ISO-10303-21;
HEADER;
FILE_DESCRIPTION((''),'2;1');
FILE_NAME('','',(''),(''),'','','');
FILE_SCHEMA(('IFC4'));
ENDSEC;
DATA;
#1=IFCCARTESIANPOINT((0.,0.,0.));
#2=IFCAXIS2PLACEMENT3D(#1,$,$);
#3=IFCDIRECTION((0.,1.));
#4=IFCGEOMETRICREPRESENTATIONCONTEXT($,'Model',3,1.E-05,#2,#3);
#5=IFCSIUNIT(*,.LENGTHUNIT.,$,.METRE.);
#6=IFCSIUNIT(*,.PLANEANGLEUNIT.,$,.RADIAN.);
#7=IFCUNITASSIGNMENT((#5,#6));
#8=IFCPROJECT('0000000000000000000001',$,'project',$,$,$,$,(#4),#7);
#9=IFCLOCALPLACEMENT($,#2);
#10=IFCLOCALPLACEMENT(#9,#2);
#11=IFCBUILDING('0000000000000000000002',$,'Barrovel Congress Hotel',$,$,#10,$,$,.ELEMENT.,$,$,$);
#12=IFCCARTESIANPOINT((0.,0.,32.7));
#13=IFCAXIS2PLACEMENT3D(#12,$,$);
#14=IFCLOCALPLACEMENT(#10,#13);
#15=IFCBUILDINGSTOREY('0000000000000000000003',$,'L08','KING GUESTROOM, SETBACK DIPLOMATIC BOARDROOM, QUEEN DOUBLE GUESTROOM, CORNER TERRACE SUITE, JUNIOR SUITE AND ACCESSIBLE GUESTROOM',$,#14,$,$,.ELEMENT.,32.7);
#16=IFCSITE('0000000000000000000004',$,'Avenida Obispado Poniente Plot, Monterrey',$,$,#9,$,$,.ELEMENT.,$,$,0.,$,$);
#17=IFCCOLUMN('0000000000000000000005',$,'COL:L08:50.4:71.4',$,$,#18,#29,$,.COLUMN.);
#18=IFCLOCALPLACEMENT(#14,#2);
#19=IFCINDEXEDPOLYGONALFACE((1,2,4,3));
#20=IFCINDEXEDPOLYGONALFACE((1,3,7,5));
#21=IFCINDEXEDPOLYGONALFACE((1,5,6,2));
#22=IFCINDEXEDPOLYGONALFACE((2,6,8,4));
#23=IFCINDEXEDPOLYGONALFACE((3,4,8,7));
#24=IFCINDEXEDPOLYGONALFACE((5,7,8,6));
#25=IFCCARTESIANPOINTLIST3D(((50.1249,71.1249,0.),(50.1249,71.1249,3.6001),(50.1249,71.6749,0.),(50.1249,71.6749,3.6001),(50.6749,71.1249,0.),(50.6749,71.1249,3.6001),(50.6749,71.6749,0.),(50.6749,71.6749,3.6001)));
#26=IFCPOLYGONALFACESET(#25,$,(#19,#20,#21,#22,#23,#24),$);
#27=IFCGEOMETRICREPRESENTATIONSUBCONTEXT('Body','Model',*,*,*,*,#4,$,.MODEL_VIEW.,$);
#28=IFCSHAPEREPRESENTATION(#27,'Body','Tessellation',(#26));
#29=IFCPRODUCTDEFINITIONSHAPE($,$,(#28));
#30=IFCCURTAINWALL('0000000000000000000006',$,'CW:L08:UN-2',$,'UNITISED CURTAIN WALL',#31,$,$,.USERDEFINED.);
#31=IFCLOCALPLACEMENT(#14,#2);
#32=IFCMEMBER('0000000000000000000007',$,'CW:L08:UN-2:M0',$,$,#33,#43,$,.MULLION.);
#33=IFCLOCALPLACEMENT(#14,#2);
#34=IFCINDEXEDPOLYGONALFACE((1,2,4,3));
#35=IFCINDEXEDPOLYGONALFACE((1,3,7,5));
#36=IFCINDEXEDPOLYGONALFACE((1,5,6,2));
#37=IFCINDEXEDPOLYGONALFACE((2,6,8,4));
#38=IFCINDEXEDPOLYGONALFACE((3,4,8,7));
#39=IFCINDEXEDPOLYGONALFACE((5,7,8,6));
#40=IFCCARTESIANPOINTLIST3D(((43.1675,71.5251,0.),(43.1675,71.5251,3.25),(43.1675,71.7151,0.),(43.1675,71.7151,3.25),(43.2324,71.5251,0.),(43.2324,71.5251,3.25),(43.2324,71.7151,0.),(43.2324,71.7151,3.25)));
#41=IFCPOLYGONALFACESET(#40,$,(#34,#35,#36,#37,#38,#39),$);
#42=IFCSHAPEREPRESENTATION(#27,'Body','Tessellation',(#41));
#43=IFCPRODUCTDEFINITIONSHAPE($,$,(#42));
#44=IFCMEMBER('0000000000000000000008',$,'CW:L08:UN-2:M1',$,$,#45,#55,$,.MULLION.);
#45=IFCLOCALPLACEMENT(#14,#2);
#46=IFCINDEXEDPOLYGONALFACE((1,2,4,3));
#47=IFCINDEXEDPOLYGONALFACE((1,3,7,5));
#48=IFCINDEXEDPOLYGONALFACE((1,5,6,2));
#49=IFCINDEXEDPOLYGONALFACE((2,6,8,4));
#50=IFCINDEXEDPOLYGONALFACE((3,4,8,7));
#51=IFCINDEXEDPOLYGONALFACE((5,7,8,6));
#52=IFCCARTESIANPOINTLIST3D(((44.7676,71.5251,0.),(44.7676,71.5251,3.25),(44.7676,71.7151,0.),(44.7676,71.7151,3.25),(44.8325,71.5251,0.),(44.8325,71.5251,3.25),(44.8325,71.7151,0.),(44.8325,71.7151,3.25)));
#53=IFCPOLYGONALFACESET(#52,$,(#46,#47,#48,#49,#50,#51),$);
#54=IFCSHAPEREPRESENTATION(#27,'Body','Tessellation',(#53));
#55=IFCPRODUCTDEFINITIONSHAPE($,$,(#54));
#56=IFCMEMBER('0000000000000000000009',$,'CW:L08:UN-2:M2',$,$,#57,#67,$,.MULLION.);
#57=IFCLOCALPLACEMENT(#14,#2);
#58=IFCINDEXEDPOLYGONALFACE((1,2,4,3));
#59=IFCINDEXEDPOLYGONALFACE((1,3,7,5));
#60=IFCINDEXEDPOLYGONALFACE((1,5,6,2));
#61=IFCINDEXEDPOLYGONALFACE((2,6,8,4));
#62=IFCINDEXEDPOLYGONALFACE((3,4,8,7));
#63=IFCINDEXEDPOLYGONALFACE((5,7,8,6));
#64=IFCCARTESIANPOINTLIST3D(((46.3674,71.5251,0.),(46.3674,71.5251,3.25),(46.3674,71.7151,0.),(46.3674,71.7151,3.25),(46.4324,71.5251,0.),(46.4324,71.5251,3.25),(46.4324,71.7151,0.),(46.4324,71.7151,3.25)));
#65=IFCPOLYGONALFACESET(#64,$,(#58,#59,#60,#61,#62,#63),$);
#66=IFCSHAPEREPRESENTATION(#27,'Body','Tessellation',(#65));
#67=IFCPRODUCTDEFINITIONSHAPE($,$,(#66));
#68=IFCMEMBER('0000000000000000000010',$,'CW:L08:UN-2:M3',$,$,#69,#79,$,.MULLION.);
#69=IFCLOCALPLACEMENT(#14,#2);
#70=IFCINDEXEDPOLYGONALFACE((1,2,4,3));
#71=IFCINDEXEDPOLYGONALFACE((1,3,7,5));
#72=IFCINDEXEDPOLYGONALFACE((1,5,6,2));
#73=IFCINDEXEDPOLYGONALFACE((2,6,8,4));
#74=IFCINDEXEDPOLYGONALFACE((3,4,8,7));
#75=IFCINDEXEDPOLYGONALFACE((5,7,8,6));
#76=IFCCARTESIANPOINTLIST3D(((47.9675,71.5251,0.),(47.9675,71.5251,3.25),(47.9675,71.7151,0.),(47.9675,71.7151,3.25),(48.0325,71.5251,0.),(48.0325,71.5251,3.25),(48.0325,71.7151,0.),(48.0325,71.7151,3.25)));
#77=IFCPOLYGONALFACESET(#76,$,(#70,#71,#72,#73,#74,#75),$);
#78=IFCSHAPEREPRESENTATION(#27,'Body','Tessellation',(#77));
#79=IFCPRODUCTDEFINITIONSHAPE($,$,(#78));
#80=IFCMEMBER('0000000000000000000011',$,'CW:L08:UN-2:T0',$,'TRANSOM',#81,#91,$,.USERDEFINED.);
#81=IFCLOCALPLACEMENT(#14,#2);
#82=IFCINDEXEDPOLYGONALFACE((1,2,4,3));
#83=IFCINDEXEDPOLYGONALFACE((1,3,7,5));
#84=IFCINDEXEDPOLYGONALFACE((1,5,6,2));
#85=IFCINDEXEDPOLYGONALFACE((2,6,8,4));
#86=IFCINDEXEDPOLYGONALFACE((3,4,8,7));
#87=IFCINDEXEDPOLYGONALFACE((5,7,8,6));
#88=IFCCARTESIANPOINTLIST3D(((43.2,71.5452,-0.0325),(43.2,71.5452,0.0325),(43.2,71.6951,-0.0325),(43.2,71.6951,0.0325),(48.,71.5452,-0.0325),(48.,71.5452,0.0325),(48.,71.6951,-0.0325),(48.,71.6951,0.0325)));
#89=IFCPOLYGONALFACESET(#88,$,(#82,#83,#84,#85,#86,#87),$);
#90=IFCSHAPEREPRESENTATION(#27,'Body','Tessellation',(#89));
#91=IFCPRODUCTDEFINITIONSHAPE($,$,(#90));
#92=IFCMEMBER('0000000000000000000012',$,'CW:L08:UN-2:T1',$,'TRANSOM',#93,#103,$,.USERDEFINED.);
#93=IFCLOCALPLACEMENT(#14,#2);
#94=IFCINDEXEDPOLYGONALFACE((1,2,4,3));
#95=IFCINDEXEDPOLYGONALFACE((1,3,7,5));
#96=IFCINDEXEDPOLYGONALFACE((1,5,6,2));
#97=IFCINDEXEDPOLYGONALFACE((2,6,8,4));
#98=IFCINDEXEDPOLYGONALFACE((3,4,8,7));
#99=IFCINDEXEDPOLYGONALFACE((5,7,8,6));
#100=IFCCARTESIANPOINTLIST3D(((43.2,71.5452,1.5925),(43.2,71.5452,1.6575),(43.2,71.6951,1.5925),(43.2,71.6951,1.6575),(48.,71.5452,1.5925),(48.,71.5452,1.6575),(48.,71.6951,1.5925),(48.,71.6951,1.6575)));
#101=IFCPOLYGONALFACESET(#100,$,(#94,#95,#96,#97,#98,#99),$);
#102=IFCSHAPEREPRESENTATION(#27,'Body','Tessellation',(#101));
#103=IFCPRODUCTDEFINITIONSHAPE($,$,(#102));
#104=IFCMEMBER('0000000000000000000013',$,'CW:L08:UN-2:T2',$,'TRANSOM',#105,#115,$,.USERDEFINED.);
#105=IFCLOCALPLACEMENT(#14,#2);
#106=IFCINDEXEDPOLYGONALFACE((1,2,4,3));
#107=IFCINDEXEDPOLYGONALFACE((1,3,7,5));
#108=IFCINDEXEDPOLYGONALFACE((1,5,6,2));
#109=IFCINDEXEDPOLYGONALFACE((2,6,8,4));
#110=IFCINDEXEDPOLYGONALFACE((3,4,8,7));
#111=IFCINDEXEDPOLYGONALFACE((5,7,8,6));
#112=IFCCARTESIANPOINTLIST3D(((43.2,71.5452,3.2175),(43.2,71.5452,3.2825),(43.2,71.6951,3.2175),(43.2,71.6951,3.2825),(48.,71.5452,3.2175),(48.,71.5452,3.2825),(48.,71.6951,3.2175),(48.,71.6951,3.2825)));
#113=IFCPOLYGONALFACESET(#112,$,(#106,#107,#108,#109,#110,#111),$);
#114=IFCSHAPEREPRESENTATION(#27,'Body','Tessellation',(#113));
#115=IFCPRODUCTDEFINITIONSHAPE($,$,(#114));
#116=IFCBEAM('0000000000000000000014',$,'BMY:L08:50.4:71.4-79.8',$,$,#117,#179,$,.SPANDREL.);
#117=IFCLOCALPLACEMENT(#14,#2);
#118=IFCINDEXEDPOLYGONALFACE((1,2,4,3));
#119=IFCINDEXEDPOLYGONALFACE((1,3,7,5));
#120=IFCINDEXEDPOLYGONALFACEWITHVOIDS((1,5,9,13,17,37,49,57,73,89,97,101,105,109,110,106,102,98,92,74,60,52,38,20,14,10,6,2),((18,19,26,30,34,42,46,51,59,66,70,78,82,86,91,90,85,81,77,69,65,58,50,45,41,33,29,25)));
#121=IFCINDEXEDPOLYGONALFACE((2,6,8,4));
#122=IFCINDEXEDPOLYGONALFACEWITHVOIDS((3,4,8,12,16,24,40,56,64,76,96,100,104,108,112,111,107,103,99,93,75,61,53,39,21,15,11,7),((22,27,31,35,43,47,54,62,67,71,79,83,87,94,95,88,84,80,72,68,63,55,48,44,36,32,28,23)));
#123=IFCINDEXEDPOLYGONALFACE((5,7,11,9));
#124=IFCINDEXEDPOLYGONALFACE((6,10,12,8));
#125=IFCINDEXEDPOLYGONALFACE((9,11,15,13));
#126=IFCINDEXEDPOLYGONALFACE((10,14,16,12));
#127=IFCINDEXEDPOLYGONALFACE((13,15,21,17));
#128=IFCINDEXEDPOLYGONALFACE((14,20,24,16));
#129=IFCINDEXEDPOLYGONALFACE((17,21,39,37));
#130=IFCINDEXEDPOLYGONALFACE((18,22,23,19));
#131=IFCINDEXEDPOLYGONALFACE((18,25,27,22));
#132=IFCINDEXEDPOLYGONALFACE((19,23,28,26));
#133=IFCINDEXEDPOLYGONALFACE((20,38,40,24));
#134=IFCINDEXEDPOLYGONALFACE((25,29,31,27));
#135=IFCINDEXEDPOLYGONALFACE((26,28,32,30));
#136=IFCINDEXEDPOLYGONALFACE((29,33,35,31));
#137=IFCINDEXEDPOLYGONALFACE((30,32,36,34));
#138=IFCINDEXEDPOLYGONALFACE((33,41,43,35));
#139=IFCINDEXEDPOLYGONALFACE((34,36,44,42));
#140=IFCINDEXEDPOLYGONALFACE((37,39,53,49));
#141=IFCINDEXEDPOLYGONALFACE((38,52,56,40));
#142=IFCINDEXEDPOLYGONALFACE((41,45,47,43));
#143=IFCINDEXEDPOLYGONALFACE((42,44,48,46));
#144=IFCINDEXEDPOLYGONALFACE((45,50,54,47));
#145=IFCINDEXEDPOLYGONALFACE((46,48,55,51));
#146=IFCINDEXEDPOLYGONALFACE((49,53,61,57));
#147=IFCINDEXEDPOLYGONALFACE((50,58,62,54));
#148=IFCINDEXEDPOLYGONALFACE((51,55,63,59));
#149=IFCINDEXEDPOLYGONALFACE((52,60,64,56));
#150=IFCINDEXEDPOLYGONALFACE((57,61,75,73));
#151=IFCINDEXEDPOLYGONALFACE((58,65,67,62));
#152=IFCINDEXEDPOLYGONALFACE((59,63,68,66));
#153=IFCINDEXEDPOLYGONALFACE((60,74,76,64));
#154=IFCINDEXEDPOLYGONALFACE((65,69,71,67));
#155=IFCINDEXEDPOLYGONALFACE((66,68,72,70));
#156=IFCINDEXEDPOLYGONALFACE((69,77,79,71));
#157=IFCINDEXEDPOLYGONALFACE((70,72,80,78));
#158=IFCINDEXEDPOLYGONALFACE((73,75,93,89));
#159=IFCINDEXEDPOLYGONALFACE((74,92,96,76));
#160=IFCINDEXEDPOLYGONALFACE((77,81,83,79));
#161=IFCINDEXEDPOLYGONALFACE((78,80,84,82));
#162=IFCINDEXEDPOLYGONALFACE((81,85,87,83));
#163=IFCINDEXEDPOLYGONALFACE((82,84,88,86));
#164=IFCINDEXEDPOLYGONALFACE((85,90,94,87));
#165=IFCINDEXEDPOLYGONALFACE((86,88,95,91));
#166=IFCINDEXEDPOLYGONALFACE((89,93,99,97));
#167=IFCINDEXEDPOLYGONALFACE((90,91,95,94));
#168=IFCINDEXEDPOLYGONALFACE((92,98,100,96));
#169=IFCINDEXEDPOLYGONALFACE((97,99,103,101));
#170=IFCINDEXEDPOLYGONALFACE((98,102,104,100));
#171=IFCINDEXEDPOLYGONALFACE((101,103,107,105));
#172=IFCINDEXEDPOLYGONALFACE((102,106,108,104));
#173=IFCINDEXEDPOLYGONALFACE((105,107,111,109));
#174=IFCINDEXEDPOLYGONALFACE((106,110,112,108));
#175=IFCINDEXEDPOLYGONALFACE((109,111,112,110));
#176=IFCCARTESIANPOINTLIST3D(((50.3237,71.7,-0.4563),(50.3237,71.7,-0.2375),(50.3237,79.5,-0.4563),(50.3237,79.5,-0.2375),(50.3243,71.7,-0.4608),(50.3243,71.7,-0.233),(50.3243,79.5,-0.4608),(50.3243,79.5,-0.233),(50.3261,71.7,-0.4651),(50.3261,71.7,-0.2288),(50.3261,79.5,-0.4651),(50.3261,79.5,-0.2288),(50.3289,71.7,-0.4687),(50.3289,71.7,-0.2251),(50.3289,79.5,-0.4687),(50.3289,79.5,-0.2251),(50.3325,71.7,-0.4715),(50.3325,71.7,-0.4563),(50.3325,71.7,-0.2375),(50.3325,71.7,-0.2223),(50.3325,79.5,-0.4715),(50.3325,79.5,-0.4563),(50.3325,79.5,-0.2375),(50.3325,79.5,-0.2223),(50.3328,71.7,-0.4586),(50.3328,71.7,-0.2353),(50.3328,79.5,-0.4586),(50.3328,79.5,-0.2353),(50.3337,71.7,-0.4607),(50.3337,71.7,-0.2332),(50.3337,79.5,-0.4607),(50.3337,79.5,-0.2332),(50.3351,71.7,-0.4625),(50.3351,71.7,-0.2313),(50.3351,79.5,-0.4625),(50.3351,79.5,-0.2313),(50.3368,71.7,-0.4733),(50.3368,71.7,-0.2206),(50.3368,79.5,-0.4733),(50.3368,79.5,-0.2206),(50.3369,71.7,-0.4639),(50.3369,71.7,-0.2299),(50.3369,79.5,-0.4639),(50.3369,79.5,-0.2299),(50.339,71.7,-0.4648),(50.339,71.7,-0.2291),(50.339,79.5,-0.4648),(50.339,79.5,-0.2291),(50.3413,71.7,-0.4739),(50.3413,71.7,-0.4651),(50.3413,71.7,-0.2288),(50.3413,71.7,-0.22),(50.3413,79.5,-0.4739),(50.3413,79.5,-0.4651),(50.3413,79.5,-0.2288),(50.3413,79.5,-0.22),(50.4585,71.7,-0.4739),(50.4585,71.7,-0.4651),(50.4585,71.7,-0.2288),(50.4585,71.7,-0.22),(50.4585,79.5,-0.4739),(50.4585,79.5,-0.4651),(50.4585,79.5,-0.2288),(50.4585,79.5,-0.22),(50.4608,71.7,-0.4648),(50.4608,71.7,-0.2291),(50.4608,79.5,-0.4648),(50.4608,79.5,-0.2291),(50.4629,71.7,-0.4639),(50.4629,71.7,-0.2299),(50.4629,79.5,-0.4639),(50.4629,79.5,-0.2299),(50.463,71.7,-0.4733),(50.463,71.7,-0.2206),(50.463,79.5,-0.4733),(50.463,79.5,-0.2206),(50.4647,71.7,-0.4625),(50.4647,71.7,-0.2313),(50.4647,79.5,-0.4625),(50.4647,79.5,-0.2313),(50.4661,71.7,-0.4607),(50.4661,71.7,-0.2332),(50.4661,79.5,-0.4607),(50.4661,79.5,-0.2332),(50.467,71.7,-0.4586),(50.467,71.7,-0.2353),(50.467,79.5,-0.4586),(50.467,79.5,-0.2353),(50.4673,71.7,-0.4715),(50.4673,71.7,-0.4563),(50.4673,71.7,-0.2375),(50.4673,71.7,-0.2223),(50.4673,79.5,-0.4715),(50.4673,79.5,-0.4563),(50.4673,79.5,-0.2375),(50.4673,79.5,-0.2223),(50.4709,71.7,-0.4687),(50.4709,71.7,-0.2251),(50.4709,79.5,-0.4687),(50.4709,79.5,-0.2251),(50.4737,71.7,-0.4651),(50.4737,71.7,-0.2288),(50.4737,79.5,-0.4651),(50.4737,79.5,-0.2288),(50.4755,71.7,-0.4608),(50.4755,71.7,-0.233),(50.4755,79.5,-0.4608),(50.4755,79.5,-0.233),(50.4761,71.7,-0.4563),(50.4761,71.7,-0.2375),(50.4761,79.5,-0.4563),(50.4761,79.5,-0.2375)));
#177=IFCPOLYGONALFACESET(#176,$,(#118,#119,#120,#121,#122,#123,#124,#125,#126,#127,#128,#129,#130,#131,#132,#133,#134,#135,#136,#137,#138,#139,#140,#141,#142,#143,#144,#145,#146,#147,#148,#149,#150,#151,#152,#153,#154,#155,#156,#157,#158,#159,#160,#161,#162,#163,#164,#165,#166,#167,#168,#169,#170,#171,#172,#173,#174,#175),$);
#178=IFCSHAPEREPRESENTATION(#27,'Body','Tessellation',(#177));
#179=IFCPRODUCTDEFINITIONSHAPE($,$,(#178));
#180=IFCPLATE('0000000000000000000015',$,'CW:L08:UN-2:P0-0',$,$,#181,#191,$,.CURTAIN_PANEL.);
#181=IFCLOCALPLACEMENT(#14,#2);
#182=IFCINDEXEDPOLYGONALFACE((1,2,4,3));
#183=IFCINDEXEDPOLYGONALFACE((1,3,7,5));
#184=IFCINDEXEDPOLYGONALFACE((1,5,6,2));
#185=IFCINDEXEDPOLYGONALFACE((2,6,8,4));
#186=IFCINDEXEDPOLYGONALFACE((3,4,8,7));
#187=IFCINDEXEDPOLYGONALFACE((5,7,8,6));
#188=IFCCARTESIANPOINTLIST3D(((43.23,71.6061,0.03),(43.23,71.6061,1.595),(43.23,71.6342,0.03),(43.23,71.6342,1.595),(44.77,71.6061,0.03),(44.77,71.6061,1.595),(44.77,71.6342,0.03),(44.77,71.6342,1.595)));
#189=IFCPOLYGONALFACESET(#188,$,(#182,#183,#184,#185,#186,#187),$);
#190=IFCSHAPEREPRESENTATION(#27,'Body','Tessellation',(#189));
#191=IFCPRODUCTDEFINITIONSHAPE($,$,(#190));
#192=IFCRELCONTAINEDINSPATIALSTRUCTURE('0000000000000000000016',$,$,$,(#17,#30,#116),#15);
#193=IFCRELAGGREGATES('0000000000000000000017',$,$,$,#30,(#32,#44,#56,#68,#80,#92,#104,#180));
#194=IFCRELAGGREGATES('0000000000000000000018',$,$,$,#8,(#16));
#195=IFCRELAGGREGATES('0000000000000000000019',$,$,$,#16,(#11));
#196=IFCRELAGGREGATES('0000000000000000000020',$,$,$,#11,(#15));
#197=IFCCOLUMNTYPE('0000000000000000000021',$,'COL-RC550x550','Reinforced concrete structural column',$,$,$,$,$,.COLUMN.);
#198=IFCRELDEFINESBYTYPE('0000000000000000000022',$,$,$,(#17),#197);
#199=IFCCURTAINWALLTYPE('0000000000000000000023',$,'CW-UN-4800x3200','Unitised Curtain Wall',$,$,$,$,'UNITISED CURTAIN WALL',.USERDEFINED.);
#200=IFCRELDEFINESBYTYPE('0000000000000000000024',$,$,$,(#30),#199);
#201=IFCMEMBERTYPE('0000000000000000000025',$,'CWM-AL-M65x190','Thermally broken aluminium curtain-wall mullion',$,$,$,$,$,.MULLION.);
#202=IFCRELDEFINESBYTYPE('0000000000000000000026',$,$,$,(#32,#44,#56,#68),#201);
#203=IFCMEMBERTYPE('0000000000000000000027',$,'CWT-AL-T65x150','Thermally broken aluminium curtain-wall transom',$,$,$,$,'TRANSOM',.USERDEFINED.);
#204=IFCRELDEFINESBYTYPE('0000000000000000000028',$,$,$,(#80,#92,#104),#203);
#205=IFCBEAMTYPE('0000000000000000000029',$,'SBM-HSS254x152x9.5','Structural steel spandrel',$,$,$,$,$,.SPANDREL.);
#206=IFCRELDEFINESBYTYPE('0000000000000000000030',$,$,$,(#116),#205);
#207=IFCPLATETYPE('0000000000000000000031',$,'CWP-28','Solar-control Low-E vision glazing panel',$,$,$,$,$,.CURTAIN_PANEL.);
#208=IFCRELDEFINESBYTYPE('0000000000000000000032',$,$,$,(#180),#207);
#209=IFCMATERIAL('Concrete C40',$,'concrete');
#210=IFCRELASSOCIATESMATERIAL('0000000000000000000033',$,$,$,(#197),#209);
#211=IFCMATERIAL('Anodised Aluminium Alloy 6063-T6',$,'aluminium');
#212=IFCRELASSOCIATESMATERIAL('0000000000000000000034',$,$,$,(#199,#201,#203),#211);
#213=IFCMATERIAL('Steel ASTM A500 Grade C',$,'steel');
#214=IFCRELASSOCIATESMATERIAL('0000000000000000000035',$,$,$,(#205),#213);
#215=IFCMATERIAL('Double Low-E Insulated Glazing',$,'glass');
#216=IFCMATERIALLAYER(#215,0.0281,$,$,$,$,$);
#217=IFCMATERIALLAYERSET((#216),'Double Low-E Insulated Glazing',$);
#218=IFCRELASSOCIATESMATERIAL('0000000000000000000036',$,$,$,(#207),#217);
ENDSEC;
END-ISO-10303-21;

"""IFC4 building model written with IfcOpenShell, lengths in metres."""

from ifc_helpers import new_model, si_unit, direction, frame, origin, origin_2d, place, context, subcontext, project, spatial, rectangle, hollow_rectangle, extrude, material, layer, layer_set, material_profile, profile_set, type_object, element, aggregate, save


model = new_model("IFC4")

# Units and contexts
model_context = context("Model", 3, precision=1e-05, world=origin(), true_north=direction((0.0, 1.0)))
body_context = subcontext(model_context, "Body", "Model", "MODEL_VIEW")
ifc_project = project(units=[si_unit("LENGTHUNIT", "METRE"), si_unit("PLANEANGLEUNIT", "RADIAN")], contexts=[model_context])

# Site, building, storey
site_placement = place(None, origin())
site = spatial("IfcSite", under=ifc_project, at=site_placement, Name="Avenida Obispado Poniente Plot, Monterrey", CompositionType="ELEMENT", RefElevation=0.0)
building_placement = place(site_placement, origin())
building = spatial("IfcBuilding", under=site, at=building_placement, Name="Barrovel Congress Hotel", CompositionType="ELEMENT")
storey_placement = place(building_placement, frame((0.0, 0.0, 32.7)))
storey = spatial("IfcBuildingStorey", under=building, at=storey_placement, Name="L08", Description="KING GUESTROOM, SETBACK DIPLOMATIC BOARDROOM, QUEEN DOUBLE GUESTROOM, CORNER TERRACE SUITE, JUNIOR SUITE AND ACCESSIBLE GUESTROOM", CompositionType="ELEMENT", Elevation=32.7)

# Column
ifc_material_1 = material(Name="Concrete C40", Category="concrete")
ifc_material_profile_1 = material_profile(ifc_material_1, rectangle(XDim=0.55, YDim=0.55, at=origin_2d()), Name="RC550x550")
ifc_profile_set_1 = profile_set([ifc_material_profile_1], Name="Concrete C40")
column_type = type_object("IfcColumnType", Name="COL-RC550x550", Description="Reinforced concrete structural column", PredefinedType="COLUMN", material=ifc_profile_set_1)
column_placement = place(storey_placement, frame((50.3999, 71.3999, 0.0), z_axis=(0.0, 0.0, 1.0), x_axis=(1.0, 0.0, 0.0)))
element("IfcColumn", 1, at=column_placement, inside=storey, type_object=column_type, Name="COL:L08:50.4:71.4", PredefinedType="COLUMN", context=body_context, shape_type="SweptSolid", body=[
    extrude(rectangle(XDim=0.55, YDim=0.55, at=origin_2d()), origin(), (0.0, 0.0, 1.0), 3.6001),
])

# Curtain wall, members
ifc_material_2 = material(Name="Anodised Aluminium Alloy 6063-T6", Category="aluminium")
curtain_wall_type = type_object("IfcCurtainWallType", Name="CW-UN-4800x3200", Description="Unitised Curtain Wall", ElementType="UNITISED CURTAIN WALL", PredefinedType="USERDEFINED", material=ifc_material_2)
curtain_wall_placement = place(storey_placement, origin())
curtain_wall = element("IfcCurtainWall", 2, at=curtain_wall_placement, inside=storey, type_object=curtain_wall_type, Name="CW:L08:UN-2", ObjectType="UNITISED CURTAIN WALL", PredefinedType="USERDEFINED")
ifc_material_profile_2 = material_profile(ifc_material_2, rectangle(XDim=0.0649, YDim=0.1899, at=origin_2d()), Name="AL-M65x190")
ifc_profile_set_2 = profile_set([ifc_material_profile_2], Name="Anodised Aluminium Alloy 6063-T6")
member_type_1 = type_object("IfcMemberType", Name="CWM-AL-M65x190", Description="Thermally broken aluminium curtain-wall mullion", PredefinedType="MULLION", material=ifc_profile_set_2)
member_1_placement = place(storey_placement, frame((43.2, 71.6201, 0.0), z_axis=(0.0, 0.0, 1.0), x_axis=(1.0, 0.0, 0.0)))
member_1 = element("IfcMember", 3, at=member_1_placement, type_object=member_type_1, Name="CW:L08:UN-2:M0", PredefinedType="MULLION", context=body_context, shape_type="SweptSolid", body=[
    extrude(rectangle(XDim=0.0649, YDim=0.1899, at=origin_2d()), origin(), (0.0, 0.0, 1.0), 3.25),
])
member_2_placement = place(storey_placement, frame((44.8, 71.6201, 0.0), z_axis=(0.0, 0.0, 1.0), x_axis=(1.0, 0.0, 0.0)))
member_2 = element("IfcMember", 4, at=member_2_placement, type_object=member_type_1, Name="CW:L08:UN-2:M1", PredefinedType="MULLION", context=body_context, shape_type="SweptSolid", body=[
    extrude(rectangle(XDim=0.0649, YDim=0.1899, at=origin_2d()), origin(), (0.0, 0.0, 1.0), 3.25),
])
member_3_placement = place(storey_placement, frame((46.3999, 71.6201, 0.0), z_axis=(0.0, 0.0, 1.0), x_axis=(1.0, 0.0, 0.0)))
member_3 = element("IfcMember", 5, at=member_3_placement, type_object=member_type_1, Name="CW:L08:UN-2:M2", PredefinedType="MULLION", context=body_context, shape_type="SweptSolid", body=[
    extrude(rectangle(XDim=0.0649, YDim=0.1899, at=origin_2d()), origin(), (0.0, 0.0, 1.0), 3.25),
])
member_4_placement = place(storey_placement, frame((48.0, 71.6201, 0.0), z_axis=(0.0, 0.0, 1.0), x_axis=(1.0, 0.0, 0.0)))
member_4 = element("IfcMember", 6, at=member_4_placement, type_object=member_type_1, Name="CW:L08:UN-2:M3", PredefinedType="MULLION", context=body_context, shape_type="SweptSolid", body=[
    extrude(rectangle(XDim=0.0649, YDim=0.1899, at=origin_2d()), origin(), (0.0, 0.0, 1.0), 3.25),
])
ifc_material_profile_3 = material_profile(ifc_material_2, rectangle(XDim=0.1499, YDim=0.0649, at=origin_2d()), Name="AL-T65x150")
ifc_profile_set_3 = profile_set([ifc_material_profile_3], Name="Anodised Aluminium Alloy 6063-T6")
member_type_2 = type_object("IfcMemberType", Name="CWT-AL-T65x150", Description="Thermally broken aluminium curtain-wall transom", ElementType="TRANSOM", PredefinedType="USERDEFINED", material=ifc_profile_set_3)
member_5_placement = place(storey_placement, frame((43.2, 71.6201, 0.0), z_axis=(1.0, 0.0, 0.0), x_axis=(0.0, 1.0, 0.0)))
member_5 = element("IfcMember", 7, at=member_5_placement, type_object=member_type_2, Name="CW:L08:UN-2:T0", ObjectType="TRANSOM", PredefinedType="USERDEFINED", context=body_context, shape_type="SweptSolid", body=[
    extrude(rectangle(XDim=0.1499, YDim=0.0649, at=origin_2d()), origin(), (0.0, 0.0, 1.0), 4.8),
])
member_6_placement = place(storey_placement, frame((43.2, 71.6201, 1.625), z_axis=(1.0, 0.0, 0.0), x_axis=(0.0, 1.0, 0.0)))
member_6 = element("IfcMember", 8, at=member_6_placement, type_object=member_type_2, Name="CW:L08:UN-2:T1", ObjectType="TRANSOM", PredefinedType="USERDEFINED", context=body_context, shape_type="SweptSolid", body=[
    extrude(rectangle(XDim=0.1499, YDim=0.0649, at=origin_2d()), origin(), (0.0, 0.0, 1.0), 4.8),
])
member_7_placement = place(storey_placement, frame((43.2, 71.6201, 3.25), z_axis=(1.0, 0.0, 0.0), x_axis=(0.0, 1.0, 0.0)))
member_7 = element("IfcMember", 9, at=member_7_placement, type_object=member_type_2, Name="CW:L08:UN-2:T2", ObjectType="TRANSOM", PredefinedType="USERDEFINED", context=body_context, shape_type="SweptSolid", body=[
    extrude(rectangle(XDim=0.1499, YDim=0.0649, at=origin_2d()), origin(), (0.0, 0.0, 1.0), 4.8),
])

# Beam
ifc_material_3 = material(Name="Steel ASTM A500 Grade C", Category="steel")
ifc_material_profile_4 = material_profile(ifc_material_3, hollow_rectangle(XDim=0.1523, YDim=0.2539, WallThickness=0.0088, InnerFilletRadius=0.0088, OuterFilletRadius=0.0176, at=origin_2d()), Name="HSS254x152x9.5")
ifc_profile_set_4 = profile_set([ifc_material_profile_4], Name="Steel ASTM A500 Grade C")
beam_type = type_object("IfcBeamType", Name="SBM-HSS254x152x9.5", Description="Structural steel spandrel", PredefinedType="SPANDREL", material=ifc_profile_set_4)
beam_placement = place(storey_placement, frame((50.3999, 71.7, -0.3469), z_axis=(0.0, 1.0, 0.0), x_axis=(-1.0, 0.0, 0.0)))
element("IfcBeam", 10, at=beam_placement, inside=storey, type_object=beam_type, Name="BMY:L08:50.4:71.4-79.8", PredefinedType="SPANDREL", context=body_context, shape_type="SweptSolid", body=[
    extrude(hollow_rectangle(XDim=0.1523, YDim=0.2539, WallThickness=0.0088, InnerFilletRadius=0.0088, OuterFilletRadius=0.0176, at=origin_2d()), origin(), (0.0, 0.0, 1.0), 7.8),
])

# Plate
ifc_material_4 = material(Name="Double Low-E Insulated Glazing", Category="glass")
ifc_layer_1 = layer(ifc_material_4, 0.0281)
ifc_layer_set_1 = layer_set([ifc_layer_1], Name="Double Low-E Insulated Glazing")
plate_type = type_object("IfcPlateType", Name="CWP-28", Description="Solar-control Low-E vision glazing panel", PredefinedType="CURTAIN_PANEL", material=ifc_layer_set_1)
plate_1_placement = place(storey_placement, frame((44.0, 71.6201, 0.03), z_axis=(0.0, 0.0, 1.0), x_axis=(1.0, 0.0, 0.0)))
plate_1 = element("IfcPlate", 11, at=plate_1_placement, type_object=plate_type, Name="CW:L08:UN-2:P0-0", PredefinedType="CURTAIN_PANEL", context=body_context, shape_type="SweptSolid", body=[
    extrude(rectangle(XDim=1.54, YDim=0.0281, at=origin_2d()), origin(), (0.0, 0.0, 1.0), 1.5649),
])
aggregate(curtain_wall, [member_1, member_2, member_3, member_4, member_5, member_6, member_7, plate_1])

save(model, "model.ifc")
